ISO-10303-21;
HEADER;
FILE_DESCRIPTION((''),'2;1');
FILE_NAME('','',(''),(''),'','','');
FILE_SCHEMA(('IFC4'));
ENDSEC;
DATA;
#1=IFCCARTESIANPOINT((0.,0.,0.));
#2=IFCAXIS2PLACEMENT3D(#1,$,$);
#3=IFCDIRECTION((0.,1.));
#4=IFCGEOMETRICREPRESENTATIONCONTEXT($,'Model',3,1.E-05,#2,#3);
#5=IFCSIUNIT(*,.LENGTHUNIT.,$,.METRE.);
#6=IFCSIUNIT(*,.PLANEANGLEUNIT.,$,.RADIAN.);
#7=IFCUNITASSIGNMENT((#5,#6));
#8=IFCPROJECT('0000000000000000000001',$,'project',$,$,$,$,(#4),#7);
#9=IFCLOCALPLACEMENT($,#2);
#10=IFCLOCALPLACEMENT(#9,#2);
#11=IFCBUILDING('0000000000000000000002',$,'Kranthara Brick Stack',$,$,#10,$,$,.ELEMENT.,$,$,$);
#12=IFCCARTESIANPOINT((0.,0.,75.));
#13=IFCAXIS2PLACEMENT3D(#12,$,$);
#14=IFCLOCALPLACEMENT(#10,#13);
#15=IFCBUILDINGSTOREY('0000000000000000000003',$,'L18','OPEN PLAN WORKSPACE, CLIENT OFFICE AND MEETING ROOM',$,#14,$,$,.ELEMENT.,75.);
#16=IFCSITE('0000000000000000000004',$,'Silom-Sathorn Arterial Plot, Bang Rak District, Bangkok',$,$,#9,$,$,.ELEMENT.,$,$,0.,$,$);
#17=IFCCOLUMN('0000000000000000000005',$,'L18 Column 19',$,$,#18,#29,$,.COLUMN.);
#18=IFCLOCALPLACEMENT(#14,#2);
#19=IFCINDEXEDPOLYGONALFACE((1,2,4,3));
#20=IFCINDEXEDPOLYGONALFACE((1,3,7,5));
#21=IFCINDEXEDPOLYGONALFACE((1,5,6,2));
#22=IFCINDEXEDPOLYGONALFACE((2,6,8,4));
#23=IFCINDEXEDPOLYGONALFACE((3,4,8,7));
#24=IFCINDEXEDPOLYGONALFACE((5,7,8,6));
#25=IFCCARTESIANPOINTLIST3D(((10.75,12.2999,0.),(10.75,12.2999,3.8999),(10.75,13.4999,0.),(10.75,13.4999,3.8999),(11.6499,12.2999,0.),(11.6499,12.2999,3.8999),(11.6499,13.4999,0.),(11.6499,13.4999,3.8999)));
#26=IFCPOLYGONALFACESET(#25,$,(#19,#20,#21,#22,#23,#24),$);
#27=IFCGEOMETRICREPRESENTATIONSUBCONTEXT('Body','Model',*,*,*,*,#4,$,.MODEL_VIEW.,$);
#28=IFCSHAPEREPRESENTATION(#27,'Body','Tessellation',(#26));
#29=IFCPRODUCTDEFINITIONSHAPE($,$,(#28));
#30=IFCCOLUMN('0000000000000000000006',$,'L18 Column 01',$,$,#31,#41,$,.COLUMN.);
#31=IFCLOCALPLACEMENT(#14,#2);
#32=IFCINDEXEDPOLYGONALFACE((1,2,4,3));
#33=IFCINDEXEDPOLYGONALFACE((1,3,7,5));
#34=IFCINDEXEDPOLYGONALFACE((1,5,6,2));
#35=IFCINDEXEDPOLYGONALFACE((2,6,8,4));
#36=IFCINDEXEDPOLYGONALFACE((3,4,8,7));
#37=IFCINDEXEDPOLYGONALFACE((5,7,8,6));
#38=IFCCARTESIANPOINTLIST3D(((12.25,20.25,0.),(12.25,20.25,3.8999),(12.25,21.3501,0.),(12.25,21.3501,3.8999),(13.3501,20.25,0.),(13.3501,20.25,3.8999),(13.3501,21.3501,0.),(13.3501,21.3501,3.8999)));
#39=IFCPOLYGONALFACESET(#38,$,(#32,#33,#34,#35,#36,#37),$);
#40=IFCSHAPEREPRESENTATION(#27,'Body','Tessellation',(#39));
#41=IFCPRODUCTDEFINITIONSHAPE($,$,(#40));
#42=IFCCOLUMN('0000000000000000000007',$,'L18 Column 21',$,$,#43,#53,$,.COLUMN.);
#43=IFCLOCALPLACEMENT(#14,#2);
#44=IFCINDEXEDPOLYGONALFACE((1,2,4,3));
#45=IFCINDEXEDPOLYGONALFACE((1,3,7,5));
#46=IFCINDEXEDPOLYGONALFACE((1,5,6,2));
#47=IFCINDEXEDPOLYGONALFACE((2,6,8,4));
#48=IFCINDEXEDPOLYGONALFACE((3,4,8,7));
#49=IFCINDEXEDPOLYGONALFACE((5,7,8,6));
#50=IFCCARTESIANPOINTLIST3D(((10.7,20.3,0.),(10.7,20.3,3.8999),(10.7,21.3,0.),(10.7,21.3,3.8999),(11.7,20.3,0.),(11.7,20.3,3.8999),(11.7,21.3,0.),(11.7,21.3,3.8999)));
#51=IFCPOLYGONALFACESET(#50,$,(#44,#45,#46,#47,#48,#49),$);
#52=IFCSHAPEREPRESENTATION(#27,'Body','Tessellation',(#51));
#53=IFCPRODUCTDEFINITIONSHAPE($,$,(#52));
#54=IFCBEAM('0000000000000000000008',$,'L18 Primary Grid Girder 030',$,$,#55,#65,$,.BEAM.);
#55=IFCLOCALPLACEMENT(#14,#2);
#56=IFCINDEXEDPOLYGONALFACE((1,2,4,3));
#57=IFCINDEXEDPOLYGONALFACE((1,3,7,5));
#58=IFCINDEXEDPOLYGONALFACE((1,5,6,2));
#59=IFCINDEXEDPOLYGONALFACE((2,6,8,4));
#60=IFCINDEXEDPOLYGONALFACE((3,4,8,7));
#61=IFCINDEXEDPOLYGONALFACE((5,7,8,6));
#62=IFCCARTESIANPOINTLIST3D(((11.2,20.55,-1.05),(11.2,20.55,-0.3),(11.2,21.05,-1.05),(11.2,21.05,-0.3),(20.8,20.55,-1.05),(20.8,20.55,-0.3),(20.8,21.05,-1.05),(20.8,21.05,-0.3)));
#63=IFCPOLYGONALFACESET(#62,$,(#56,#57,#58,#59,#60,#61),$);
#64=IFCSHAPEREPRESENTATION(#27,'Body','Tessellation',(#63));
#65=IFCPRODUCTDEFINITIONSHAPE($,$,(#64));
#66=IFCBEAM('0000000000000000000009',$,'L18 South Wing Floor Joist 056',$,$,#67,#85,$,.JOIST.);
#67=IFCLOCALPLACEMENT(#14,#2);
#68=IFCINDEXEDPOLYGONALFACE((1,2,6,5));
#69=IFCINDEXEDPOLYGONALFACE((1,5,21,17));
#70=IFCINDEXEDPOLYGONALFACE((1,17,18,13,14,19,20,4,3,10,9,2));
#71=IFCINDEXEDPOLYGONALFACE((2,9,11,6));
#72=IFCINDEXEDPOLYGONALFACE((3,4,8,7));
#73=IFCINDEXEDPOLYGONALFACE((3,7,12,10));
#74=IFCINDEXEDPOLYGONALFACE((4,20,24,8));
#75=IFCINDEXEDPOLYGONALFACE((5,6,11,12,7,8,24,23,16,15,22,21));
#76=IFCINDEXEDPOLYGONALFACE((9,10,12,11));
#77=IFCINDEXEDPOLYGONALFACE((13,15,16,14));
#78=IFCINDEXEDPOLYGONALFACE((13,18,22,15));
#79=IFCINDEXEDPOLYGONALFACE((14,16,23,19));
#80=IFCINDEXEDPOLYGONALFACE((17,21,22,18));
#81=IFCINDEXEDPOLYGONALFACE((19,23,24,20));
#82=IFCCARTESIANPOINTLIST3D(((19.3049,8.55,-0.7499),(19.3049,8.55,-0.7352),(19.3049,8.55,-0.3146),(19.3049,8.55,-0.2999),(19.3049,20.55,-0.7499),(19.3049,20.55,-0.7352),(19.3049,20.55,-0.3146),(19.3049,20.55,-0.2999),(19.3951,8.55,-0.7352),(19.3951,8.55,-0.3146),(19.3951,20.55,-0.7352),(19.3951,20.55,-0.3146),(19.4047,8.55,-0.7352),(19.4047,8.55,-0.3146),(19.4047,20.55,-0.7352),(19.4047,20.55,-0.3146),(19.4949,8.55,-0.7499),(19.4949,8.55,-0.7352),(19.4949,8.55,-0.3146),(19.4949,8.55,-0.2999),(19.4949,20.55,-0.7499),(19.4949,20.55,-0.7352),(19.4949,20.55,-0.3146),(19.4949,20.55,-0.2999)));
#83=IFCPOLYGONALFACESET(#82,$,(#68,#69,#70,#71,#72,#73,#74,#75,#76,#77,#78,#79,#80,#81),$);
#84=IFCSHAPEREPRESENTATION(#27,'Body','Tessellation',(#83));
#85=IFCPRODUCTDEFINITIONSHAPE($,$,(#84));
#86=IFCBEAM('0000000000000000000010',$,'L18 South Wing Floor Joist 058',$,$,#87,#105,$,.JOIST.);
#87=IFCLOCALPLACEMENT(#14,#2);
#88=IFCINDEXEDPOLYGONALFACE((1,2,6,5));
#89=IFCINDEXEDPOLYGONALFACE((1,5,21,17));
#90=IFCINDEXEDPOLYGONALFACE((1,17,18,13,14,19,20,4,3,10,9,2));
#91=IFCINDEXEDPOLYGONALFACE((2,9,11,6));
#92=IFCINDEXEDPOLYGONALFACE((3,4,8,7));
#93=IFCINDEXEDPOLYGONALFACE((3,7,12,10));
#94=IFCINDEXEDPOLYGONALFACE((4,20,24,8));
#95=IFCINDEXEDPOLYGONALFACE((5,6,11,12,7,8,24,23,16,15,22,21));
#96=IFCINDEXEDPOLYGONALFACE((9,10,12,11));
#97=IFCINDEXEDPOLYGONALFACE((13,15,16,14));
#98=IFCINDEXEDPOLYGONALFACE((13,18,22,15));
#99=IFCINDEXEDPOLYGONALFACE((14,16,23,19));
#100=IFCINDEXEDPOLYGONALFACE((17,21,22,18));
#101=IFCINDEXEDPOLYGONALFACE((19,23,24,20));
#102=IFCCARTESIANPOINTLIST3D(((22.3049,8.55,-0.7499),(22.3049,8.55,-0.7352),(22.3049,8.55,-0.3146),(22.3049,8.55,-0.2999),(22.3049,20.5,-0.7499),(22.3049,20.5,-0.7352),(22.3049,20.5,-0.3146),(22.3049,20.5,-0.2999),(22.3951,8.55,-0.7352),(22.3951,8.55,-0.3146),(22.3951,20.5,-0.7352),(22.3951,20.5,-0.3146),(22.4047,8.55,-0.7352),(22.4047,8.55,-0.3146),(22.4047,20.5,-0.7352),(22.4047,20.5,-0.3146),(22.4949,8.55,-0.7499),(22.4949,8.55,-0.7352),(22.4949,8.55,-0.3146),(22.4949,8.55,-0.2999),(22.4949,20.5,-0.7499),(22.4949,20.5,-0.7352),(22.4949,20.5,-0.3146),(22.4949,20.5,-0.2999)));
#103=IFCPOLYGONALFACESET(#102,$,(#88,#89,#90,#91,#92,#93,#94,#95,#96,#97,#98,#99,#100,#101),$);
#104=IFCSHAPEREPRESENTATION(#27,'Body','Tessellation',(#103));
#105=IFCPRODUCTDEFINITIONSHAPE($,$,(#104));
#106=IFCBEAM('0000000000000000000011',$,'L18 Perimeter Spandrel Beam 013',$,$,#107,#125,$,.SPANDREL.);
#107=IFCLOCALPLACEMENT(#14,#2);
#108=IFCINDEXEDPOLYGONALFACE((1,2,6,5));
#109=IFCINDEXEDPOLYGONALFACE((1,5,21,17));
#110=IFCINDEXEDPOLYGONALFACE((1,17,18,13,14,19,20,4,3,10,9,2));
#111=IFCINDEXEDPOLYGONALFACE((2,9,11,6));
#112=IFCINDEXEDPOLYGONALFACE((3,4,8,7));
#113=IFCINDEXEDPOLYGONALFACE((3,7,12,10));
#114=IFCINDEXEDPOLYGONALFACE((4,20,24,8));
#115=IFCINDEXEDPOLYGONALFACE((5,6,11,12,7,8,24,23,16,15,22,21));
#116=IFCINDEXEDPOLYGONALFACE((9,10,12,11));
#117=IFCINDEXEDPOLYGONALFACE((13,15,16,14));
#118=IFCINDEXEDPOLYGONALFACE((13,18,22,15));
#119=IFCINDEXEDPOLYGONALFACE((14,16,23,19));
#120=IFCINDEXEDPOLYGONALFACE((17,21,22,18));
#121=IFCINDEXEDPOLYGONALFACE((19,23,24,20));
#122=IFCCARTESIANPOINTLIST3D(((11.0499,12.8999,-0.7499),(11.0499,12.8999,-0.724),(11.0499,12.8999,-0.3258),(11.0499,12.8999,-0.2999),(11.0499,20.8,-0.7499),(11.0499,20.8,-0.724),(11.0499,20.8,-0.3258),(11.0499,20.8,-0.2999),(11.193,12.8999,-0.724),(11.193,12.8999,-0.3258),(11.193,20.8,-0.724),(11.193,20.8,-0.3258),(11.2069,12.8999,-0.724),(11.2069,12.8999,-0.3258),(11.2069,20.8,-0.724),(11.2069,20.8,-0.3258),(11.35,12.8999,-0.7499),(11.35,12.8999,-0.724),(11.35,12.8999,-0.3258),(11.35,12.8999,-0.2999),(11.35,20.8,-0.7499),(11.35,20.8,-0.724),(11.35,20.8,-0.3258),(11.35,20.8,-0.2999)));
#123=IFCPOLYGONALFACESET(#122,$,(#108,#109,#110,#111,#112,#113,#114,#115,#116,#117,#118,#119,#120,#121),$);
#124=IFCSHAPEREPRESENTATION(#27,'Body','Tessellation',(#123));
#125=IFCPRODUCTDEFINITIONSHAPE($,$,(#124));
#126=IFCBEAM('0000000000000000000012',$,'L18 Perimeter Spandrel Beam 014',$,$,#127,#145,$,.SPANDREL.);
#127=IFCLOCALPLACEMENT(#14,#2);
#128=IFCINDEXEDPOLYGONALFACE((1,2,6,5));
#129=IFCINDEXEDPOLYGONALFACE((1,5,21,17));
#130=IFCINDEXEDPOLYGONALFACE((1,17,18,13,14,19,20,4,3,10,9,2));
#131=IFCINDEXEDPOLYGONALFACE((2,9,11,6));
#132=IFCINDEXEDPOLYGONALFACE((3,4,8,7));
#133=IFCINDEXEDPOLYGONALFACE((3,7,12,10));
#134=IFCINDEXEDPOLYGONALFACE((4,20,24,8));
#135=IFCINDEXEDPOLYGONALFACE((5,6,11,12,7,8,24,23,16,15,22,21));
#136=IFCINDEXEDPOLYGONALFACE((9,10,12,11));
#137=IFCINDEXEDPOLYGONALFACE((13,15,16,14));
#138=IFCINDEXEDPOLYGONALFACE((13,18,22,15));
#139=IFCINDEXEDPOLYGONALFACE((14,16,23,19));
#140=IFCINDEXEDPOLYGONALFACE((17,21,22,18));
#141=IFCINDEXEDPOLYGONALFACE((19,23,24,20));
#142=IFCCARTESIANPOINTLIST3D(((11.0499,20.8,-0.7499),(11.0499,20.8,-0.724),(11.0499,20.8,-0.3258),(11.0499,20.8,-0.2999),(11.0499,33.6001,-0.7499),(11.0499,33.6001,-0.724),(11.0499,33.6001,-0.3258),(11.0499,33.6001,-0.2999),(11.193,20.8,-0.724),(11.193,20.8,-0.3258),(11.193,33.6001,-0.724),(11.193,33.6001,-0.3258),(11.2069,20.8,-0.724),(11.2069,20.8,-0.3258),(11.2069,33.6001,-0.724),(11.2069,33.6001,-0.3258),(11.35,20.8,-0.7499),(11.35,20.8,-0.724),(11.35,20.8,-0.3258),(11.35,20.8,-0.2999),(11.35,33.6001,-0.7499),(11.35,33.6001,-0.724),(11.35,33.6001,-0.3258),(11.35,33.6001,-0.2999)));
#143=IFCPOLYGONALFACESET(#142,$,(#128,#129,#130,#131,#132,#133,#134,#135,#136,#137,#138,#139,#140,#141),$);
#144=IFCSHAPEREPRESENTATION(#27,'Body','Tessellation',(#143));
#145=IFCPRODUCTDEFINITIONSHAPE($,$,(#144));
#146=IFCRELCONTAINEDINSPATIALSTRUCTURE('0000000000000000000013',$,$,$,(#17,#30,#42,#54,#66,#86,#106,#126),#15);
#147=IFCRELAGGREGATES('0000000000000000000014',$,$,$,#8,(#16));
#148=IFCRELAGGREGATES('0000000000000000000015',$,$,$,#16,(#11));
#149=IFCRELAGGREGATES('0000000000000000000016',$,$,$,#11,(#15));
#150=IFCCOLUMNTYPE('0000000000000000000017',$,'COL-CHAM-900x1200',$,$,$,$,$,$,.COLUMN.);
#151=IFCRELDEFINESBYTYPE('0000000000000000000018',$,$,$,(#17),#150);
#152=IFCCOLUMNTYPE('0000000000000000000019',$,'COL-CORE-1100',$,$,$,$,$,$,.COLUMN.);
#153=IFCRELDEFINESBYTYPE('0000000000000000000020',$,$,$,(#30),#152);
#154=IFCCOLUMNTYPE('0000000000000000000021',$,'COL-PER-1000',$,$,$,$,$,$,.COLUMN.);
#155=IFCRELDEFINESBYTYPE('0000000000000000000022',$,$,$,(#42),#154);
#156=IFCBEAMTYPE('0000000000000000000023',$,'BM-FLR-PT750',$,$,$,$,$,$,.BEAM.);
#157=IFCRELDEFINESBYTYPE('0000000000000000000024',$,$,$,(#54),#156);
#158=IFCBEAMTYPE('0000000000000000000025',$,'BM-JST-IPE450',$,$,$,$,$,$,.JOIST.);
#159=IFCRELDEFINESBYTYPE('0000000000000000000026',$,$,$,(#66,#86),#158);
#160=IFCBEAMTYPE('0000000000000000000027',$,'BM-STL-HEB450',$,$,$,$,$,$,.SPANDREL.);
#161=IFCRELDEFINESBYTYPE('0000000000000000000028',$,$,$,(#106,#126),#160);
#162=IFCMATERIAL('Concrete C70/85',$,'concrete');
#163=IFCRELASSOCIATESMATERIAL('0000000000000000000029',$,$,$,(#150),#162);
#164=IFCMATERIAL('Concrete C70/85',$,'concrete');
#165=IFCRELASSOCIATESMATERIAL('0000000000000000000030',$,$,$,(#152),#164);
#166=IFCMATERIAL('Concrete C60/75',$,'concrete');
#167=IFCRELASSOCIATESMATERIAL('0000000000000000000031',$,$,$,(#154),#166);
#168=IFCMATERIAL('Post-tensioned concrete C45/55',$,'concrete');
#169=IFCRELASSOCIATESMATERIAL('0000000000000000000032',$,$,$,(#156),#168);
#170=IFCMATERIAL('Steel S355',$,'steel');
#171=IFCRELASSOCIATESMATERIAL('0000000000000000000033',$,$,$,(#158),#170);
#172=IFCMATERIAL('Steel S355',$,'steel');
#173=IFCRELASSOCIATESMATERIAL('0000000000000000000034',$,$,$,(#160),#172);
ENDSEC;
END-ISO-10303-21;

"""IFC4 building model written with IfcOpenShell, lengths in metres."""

from ifc_helpers import new_model, si_unit, direction, frame, origin, origin_2d, place, context, subcontext, project, spatial, rectangle, i_section, extrude, material, material_profile, profile_set, type_object, element, save


model = new_model("IFC4")

# Units and contexts
model_context = context("Model", 3, precision=1e-05, world=origin(), true_north=direction((0.0, 1.0)))
body_context = subcontext(model_context, "Body", "Model", "MODEL_VIEW")
ifc_project = project(units=[si_unit("LENGTHUNIT", "METRE"), si_unit("PLANEANGLEUNIT", "RADIAN")], contexts=[model_context])

# Site, building, storey
site_placement = place(None, origin())
site = spatial("IfcSite", under=ifc_project, at=site_placement, Name="Silom-Sathorn Arterial Plot, Bang Rak District, Bangkok", CompositionType="ELEMENT", RefElevation=0.0)
building_placement = place(site_placement, origin())
building = spatial("IfcBuilding", under=site, at=building_placement, Name="Kranthara Brick Stack", CompositionType="ELEMENT")
storey_placement = place(building_placement, frame((0.0, 0.0, 75.0)))
storey = spatial("IfcBuildingStorey", under=building, at=storey_placement, Name="L18", Description="OPEN PLAN WORKSPACE, CLIENT OFFICE AND MEETING ROOM", CompositionType="ELEMENT", Elevation=75.0)

# Columns
ifc_material_1 = material(Name="Concrete C70/85", Category="concrete")
ifc_material_profile_1 = material_profile(ifc_material_1, rectangle(XDim=0.8999, YDim=1.2, at=origin_2d()), Name="RC 900x1200")
ifc_profile_set_1 = profile_set([ifc_material_profile_1], Name="Concrete C70/85")
column_type_1 = type_object("IfcColumnType", Name="COL-CHAM-900x1200", PredefinedType="COLUMN", material=ifc_profile_set_1)
column_1_placement = place(storey_placement, frame((11.2, 12.8999, 0.0), z_axis=(0.0, 0.0, 1.0), x_axis=(1.0, 0.0, 0.0)))
element("IfcColumn", 1, at=column_1_placement, inside=storey, type_object=column_type_1, Name="L18 Column 19", PredefinedType="COLUMN", context=body_context, shape_type="SweptSolid", body=[
    extrude(rectangle(XDim=0.8999, YDim=1.2, at=origin_2d()), origin(), (0.0, 0.0, 1.0), 3.8999),
])
ifc_material_2 = material(Name="Concrete C70/85", Category="concrete")
ifc_material_profile_2 = material_profile(ifc_material_2, rectangle(XDim=1.1001, YDim=1.1001, at=origin_2d()), Name="RC 1100x1100")
ifc_profile_set_2 = profile_set([ifc_material_profile_2], Name="Concrete C70/85")
column_type_2 = type_object("IfcColumnType", Name="COL-CORE-1100", PredefinedType="COLUMN", material=ifc_profile_set_2)
column_2_placement = place(storey_placement, frame((12.8, 20.8, 0.0), z_axis=(0.0, 0.0, 1.0), x_axis=(1.0, 0.0, 0.0)))
element("IfcColumn", 2, at=column_2_placement, inside=storey, type_object=column_type_2, Name="L18 Column 01", PredefinedType="COLUMN", context=body_context, shape_type="SweptSolid", body=[
    extrude(rectangle(XDim=1.1001, YDim=1.1001, at=origin_2d()), origin(), (0.0, 0.0, 1.0), 3.8999),
])
ifc_material_3 = material(Name="Concrete C60/75", Category="concrete")
ifc_material_profile_3 = material_profile(ifc_material_3, rectangle(XDim=1.0, YDim=1.0, at=origin_2d()), Name="RC 1000x1000")
ifc_profile_set_3 = profile_set([ifc_material_profile_3], Name="Concrete C60/75")
column_type_3 = type_object("IfcColumnType", Name="COL-PER-1000", PredefinedType="COLUMN", material=ifc_profile_set_3)
column_3_placement = place(storey_placement, frame((11.2, 20.8, 0.0), z_axis=(0.0, 0.0, 1.0), x_axis=(1.0, 0.0, 0.0)))
element("IfcColumn", 3, at=column_3_placement, inside=storey, type_object=column_type_3, Name="L18 Column 21", PredefinedType="COLUMN", context=body_context, shape_type="SweptSolid", body=[
    extrude(rectangle(XDim=1.0, YDim=1.0, at=origin_2d()), origin(), (0.0, 0.0, 1.0), 3.8999),
])

# Beams
ifc_material_4 = material(Name="Post-tensioned concrete C45/55", Category="concrete")
ifc_material_profile_4 = material_profile(ifc_material_4, rectangle(XDim=0.5, YDim=0.75, at=origin_2d()), Name="PT 500x750")
ifc_profile_set_4 = profile_set([ifc_material_profile_4], Name="Post-tensioned concrete C45/55")
beam_type_1 = type_object("IfcBeamType", Name="BM-FLR-PT750", PredefinedType="BEAM", material=ifc_profile_set_4)
beam_1_placement = place(storey_placement, frame((11.2, 20.8, -0.675), z_axis=(1.0, 0.0, 0.0), x_axis=(0.0, 1.0, 0.0)))
element("IfcBeam", 4, at=beam_1_placement, inside=storey, type_object=beam_type_1, Name="L18 Primary Grid Girder 030", PredefinedType="BEAM", context=body_context, shape_type="SweptSolid", body=[
    extrude(rectangle(XDim=0.5, YDim=0.75, at=origin_2d()), origin(), (0.0, 0.0, 1.0), 9.6001),
])
ifc_material_5 = material(Name="Steel S355", Category="steel")
ifc_material_profile_5 = material_profile(ifc_material_5, i_section(OverallWidth=0.1899, OverallDepth=0.45, WebThickness=0.0095, FlangeThickness=0.0146, at=origin_2d()), Name="IPE 450")
ifc_profile_set_5 = profile_set([ifc_material_profile_5], Name="Steel S355")
beam_type_2 = type_object("IfcBeamType", Name="BM-JST-IPE450", PredefinedType="JOIST", material=ifc_profile_set_5)
beam_2_placement = place(storey_placement, frame((19.3999, 8.55, -0.5249), z_axis=(0.0, 1.0, 0.0), x_axis=(-1.0, 0.0, 0.0)))
element("IfcBeam", 5, at=beam_2_placement, inside=storey, type_object=beam_type_2, Name="L18 South Wing Floor Joist 056", PredefinedType="JOIST", context=body_context, shape_type="SweptSolid", body=[
    extrude(i_section(OverallWidth=0.1899, OverallDepth=0.45, WebThickness=0.0095, FlangeThickness=0.0146, at=origin_2d()), origin(), (0.0, 0.0, 1.0), 12.0),
])
beam_3_placement = place(storey_placement, frame((22.3999, 8.55, -0.5249), z_axis=(0.0, 1.0, 0.0), x_axis=(-1.0, 0.0, 0.0)))
element("IfcBeam", 6, at=beam_3_placement, inside=storey, type_object=beam_type_2, Name="L18 South Wing Floor Joist 058", PredefinedType="JOIST", context=body_context, shape_type="SweptSolid", body=[
    extrude(i_section(OverallWidth=0.1899, OverallDepth=0.45, WebThickness=0.0095, FlangeThickness=0.0146, at=origin_2d()), origin(), (0.0, 0.0, 1.0), 11.95),
])
ifc_material_6 = material(Name="Steel S355", Category="steel")
ifc_material_profile_6 = material_profile(ifc_material_6, i_section(OverallWidth=0.3, OverallDepth=0.45, WebThickness=0.0139, FlangeThickness=0.0259, at=origin_2d()), Name="HEB 450")
ifc_profile_set_6 = profile_set([ifc_material_profile_6], Name="Steel S355")
beam_type_3 = type_object("IfcBeamType", Name="BM-STL-HEB450", PredefinedType="SPANDREL", material=ifc_profile_set_6)
beam_4_placement = place(storey_placement, frame((11.2, 12.8999, -0.5249), z_axis=(0.0, 1.0, 0.0), x_axis=(-1.0, 0.0, 0.0)))
element("IfcBeam", 7, at=beam_4_placement, inside=storey, type_object=beam_type_3, Name="L18 Perimeter Spandrel Beam 013", PredefinedType="SPANDREL", context=body_context, shape_type="SweptSolid", body=[
    extrude(i_section(OverallWidth=0.3, OverallDepth=0.45, WebThickness=0.0139, FlangeThickness=0.0259, at=origin_2d()), origin(), (0.0, 0.0, 1.0), 7.9001),
])
beam_5_placement = place(storey_placement, frame((11.2, 20.8, -0.5249), z_axis=(0.0, 1.0, 0.0), x_axis=(-1.0, 0.0, 0.0)))
element("IfcBeam", 8, at=beam_5_placement, inside=storey, type_object=beam_type_3, Name="L18 Perimeter Spandrel Beam 014", PredefinedType="SPANDREL", context=body_context, shape_type="SweptSolid", body=[
    extrude(i_section(OverallWidth=0.3, OverallDepth=0.45, WebThickness=0.0139, FlangeThickness=0.0259, at=origin_2d()), origin(), (0.0, 0.0, 1.0), 12.8),
])

save(model, "model.ifc")
